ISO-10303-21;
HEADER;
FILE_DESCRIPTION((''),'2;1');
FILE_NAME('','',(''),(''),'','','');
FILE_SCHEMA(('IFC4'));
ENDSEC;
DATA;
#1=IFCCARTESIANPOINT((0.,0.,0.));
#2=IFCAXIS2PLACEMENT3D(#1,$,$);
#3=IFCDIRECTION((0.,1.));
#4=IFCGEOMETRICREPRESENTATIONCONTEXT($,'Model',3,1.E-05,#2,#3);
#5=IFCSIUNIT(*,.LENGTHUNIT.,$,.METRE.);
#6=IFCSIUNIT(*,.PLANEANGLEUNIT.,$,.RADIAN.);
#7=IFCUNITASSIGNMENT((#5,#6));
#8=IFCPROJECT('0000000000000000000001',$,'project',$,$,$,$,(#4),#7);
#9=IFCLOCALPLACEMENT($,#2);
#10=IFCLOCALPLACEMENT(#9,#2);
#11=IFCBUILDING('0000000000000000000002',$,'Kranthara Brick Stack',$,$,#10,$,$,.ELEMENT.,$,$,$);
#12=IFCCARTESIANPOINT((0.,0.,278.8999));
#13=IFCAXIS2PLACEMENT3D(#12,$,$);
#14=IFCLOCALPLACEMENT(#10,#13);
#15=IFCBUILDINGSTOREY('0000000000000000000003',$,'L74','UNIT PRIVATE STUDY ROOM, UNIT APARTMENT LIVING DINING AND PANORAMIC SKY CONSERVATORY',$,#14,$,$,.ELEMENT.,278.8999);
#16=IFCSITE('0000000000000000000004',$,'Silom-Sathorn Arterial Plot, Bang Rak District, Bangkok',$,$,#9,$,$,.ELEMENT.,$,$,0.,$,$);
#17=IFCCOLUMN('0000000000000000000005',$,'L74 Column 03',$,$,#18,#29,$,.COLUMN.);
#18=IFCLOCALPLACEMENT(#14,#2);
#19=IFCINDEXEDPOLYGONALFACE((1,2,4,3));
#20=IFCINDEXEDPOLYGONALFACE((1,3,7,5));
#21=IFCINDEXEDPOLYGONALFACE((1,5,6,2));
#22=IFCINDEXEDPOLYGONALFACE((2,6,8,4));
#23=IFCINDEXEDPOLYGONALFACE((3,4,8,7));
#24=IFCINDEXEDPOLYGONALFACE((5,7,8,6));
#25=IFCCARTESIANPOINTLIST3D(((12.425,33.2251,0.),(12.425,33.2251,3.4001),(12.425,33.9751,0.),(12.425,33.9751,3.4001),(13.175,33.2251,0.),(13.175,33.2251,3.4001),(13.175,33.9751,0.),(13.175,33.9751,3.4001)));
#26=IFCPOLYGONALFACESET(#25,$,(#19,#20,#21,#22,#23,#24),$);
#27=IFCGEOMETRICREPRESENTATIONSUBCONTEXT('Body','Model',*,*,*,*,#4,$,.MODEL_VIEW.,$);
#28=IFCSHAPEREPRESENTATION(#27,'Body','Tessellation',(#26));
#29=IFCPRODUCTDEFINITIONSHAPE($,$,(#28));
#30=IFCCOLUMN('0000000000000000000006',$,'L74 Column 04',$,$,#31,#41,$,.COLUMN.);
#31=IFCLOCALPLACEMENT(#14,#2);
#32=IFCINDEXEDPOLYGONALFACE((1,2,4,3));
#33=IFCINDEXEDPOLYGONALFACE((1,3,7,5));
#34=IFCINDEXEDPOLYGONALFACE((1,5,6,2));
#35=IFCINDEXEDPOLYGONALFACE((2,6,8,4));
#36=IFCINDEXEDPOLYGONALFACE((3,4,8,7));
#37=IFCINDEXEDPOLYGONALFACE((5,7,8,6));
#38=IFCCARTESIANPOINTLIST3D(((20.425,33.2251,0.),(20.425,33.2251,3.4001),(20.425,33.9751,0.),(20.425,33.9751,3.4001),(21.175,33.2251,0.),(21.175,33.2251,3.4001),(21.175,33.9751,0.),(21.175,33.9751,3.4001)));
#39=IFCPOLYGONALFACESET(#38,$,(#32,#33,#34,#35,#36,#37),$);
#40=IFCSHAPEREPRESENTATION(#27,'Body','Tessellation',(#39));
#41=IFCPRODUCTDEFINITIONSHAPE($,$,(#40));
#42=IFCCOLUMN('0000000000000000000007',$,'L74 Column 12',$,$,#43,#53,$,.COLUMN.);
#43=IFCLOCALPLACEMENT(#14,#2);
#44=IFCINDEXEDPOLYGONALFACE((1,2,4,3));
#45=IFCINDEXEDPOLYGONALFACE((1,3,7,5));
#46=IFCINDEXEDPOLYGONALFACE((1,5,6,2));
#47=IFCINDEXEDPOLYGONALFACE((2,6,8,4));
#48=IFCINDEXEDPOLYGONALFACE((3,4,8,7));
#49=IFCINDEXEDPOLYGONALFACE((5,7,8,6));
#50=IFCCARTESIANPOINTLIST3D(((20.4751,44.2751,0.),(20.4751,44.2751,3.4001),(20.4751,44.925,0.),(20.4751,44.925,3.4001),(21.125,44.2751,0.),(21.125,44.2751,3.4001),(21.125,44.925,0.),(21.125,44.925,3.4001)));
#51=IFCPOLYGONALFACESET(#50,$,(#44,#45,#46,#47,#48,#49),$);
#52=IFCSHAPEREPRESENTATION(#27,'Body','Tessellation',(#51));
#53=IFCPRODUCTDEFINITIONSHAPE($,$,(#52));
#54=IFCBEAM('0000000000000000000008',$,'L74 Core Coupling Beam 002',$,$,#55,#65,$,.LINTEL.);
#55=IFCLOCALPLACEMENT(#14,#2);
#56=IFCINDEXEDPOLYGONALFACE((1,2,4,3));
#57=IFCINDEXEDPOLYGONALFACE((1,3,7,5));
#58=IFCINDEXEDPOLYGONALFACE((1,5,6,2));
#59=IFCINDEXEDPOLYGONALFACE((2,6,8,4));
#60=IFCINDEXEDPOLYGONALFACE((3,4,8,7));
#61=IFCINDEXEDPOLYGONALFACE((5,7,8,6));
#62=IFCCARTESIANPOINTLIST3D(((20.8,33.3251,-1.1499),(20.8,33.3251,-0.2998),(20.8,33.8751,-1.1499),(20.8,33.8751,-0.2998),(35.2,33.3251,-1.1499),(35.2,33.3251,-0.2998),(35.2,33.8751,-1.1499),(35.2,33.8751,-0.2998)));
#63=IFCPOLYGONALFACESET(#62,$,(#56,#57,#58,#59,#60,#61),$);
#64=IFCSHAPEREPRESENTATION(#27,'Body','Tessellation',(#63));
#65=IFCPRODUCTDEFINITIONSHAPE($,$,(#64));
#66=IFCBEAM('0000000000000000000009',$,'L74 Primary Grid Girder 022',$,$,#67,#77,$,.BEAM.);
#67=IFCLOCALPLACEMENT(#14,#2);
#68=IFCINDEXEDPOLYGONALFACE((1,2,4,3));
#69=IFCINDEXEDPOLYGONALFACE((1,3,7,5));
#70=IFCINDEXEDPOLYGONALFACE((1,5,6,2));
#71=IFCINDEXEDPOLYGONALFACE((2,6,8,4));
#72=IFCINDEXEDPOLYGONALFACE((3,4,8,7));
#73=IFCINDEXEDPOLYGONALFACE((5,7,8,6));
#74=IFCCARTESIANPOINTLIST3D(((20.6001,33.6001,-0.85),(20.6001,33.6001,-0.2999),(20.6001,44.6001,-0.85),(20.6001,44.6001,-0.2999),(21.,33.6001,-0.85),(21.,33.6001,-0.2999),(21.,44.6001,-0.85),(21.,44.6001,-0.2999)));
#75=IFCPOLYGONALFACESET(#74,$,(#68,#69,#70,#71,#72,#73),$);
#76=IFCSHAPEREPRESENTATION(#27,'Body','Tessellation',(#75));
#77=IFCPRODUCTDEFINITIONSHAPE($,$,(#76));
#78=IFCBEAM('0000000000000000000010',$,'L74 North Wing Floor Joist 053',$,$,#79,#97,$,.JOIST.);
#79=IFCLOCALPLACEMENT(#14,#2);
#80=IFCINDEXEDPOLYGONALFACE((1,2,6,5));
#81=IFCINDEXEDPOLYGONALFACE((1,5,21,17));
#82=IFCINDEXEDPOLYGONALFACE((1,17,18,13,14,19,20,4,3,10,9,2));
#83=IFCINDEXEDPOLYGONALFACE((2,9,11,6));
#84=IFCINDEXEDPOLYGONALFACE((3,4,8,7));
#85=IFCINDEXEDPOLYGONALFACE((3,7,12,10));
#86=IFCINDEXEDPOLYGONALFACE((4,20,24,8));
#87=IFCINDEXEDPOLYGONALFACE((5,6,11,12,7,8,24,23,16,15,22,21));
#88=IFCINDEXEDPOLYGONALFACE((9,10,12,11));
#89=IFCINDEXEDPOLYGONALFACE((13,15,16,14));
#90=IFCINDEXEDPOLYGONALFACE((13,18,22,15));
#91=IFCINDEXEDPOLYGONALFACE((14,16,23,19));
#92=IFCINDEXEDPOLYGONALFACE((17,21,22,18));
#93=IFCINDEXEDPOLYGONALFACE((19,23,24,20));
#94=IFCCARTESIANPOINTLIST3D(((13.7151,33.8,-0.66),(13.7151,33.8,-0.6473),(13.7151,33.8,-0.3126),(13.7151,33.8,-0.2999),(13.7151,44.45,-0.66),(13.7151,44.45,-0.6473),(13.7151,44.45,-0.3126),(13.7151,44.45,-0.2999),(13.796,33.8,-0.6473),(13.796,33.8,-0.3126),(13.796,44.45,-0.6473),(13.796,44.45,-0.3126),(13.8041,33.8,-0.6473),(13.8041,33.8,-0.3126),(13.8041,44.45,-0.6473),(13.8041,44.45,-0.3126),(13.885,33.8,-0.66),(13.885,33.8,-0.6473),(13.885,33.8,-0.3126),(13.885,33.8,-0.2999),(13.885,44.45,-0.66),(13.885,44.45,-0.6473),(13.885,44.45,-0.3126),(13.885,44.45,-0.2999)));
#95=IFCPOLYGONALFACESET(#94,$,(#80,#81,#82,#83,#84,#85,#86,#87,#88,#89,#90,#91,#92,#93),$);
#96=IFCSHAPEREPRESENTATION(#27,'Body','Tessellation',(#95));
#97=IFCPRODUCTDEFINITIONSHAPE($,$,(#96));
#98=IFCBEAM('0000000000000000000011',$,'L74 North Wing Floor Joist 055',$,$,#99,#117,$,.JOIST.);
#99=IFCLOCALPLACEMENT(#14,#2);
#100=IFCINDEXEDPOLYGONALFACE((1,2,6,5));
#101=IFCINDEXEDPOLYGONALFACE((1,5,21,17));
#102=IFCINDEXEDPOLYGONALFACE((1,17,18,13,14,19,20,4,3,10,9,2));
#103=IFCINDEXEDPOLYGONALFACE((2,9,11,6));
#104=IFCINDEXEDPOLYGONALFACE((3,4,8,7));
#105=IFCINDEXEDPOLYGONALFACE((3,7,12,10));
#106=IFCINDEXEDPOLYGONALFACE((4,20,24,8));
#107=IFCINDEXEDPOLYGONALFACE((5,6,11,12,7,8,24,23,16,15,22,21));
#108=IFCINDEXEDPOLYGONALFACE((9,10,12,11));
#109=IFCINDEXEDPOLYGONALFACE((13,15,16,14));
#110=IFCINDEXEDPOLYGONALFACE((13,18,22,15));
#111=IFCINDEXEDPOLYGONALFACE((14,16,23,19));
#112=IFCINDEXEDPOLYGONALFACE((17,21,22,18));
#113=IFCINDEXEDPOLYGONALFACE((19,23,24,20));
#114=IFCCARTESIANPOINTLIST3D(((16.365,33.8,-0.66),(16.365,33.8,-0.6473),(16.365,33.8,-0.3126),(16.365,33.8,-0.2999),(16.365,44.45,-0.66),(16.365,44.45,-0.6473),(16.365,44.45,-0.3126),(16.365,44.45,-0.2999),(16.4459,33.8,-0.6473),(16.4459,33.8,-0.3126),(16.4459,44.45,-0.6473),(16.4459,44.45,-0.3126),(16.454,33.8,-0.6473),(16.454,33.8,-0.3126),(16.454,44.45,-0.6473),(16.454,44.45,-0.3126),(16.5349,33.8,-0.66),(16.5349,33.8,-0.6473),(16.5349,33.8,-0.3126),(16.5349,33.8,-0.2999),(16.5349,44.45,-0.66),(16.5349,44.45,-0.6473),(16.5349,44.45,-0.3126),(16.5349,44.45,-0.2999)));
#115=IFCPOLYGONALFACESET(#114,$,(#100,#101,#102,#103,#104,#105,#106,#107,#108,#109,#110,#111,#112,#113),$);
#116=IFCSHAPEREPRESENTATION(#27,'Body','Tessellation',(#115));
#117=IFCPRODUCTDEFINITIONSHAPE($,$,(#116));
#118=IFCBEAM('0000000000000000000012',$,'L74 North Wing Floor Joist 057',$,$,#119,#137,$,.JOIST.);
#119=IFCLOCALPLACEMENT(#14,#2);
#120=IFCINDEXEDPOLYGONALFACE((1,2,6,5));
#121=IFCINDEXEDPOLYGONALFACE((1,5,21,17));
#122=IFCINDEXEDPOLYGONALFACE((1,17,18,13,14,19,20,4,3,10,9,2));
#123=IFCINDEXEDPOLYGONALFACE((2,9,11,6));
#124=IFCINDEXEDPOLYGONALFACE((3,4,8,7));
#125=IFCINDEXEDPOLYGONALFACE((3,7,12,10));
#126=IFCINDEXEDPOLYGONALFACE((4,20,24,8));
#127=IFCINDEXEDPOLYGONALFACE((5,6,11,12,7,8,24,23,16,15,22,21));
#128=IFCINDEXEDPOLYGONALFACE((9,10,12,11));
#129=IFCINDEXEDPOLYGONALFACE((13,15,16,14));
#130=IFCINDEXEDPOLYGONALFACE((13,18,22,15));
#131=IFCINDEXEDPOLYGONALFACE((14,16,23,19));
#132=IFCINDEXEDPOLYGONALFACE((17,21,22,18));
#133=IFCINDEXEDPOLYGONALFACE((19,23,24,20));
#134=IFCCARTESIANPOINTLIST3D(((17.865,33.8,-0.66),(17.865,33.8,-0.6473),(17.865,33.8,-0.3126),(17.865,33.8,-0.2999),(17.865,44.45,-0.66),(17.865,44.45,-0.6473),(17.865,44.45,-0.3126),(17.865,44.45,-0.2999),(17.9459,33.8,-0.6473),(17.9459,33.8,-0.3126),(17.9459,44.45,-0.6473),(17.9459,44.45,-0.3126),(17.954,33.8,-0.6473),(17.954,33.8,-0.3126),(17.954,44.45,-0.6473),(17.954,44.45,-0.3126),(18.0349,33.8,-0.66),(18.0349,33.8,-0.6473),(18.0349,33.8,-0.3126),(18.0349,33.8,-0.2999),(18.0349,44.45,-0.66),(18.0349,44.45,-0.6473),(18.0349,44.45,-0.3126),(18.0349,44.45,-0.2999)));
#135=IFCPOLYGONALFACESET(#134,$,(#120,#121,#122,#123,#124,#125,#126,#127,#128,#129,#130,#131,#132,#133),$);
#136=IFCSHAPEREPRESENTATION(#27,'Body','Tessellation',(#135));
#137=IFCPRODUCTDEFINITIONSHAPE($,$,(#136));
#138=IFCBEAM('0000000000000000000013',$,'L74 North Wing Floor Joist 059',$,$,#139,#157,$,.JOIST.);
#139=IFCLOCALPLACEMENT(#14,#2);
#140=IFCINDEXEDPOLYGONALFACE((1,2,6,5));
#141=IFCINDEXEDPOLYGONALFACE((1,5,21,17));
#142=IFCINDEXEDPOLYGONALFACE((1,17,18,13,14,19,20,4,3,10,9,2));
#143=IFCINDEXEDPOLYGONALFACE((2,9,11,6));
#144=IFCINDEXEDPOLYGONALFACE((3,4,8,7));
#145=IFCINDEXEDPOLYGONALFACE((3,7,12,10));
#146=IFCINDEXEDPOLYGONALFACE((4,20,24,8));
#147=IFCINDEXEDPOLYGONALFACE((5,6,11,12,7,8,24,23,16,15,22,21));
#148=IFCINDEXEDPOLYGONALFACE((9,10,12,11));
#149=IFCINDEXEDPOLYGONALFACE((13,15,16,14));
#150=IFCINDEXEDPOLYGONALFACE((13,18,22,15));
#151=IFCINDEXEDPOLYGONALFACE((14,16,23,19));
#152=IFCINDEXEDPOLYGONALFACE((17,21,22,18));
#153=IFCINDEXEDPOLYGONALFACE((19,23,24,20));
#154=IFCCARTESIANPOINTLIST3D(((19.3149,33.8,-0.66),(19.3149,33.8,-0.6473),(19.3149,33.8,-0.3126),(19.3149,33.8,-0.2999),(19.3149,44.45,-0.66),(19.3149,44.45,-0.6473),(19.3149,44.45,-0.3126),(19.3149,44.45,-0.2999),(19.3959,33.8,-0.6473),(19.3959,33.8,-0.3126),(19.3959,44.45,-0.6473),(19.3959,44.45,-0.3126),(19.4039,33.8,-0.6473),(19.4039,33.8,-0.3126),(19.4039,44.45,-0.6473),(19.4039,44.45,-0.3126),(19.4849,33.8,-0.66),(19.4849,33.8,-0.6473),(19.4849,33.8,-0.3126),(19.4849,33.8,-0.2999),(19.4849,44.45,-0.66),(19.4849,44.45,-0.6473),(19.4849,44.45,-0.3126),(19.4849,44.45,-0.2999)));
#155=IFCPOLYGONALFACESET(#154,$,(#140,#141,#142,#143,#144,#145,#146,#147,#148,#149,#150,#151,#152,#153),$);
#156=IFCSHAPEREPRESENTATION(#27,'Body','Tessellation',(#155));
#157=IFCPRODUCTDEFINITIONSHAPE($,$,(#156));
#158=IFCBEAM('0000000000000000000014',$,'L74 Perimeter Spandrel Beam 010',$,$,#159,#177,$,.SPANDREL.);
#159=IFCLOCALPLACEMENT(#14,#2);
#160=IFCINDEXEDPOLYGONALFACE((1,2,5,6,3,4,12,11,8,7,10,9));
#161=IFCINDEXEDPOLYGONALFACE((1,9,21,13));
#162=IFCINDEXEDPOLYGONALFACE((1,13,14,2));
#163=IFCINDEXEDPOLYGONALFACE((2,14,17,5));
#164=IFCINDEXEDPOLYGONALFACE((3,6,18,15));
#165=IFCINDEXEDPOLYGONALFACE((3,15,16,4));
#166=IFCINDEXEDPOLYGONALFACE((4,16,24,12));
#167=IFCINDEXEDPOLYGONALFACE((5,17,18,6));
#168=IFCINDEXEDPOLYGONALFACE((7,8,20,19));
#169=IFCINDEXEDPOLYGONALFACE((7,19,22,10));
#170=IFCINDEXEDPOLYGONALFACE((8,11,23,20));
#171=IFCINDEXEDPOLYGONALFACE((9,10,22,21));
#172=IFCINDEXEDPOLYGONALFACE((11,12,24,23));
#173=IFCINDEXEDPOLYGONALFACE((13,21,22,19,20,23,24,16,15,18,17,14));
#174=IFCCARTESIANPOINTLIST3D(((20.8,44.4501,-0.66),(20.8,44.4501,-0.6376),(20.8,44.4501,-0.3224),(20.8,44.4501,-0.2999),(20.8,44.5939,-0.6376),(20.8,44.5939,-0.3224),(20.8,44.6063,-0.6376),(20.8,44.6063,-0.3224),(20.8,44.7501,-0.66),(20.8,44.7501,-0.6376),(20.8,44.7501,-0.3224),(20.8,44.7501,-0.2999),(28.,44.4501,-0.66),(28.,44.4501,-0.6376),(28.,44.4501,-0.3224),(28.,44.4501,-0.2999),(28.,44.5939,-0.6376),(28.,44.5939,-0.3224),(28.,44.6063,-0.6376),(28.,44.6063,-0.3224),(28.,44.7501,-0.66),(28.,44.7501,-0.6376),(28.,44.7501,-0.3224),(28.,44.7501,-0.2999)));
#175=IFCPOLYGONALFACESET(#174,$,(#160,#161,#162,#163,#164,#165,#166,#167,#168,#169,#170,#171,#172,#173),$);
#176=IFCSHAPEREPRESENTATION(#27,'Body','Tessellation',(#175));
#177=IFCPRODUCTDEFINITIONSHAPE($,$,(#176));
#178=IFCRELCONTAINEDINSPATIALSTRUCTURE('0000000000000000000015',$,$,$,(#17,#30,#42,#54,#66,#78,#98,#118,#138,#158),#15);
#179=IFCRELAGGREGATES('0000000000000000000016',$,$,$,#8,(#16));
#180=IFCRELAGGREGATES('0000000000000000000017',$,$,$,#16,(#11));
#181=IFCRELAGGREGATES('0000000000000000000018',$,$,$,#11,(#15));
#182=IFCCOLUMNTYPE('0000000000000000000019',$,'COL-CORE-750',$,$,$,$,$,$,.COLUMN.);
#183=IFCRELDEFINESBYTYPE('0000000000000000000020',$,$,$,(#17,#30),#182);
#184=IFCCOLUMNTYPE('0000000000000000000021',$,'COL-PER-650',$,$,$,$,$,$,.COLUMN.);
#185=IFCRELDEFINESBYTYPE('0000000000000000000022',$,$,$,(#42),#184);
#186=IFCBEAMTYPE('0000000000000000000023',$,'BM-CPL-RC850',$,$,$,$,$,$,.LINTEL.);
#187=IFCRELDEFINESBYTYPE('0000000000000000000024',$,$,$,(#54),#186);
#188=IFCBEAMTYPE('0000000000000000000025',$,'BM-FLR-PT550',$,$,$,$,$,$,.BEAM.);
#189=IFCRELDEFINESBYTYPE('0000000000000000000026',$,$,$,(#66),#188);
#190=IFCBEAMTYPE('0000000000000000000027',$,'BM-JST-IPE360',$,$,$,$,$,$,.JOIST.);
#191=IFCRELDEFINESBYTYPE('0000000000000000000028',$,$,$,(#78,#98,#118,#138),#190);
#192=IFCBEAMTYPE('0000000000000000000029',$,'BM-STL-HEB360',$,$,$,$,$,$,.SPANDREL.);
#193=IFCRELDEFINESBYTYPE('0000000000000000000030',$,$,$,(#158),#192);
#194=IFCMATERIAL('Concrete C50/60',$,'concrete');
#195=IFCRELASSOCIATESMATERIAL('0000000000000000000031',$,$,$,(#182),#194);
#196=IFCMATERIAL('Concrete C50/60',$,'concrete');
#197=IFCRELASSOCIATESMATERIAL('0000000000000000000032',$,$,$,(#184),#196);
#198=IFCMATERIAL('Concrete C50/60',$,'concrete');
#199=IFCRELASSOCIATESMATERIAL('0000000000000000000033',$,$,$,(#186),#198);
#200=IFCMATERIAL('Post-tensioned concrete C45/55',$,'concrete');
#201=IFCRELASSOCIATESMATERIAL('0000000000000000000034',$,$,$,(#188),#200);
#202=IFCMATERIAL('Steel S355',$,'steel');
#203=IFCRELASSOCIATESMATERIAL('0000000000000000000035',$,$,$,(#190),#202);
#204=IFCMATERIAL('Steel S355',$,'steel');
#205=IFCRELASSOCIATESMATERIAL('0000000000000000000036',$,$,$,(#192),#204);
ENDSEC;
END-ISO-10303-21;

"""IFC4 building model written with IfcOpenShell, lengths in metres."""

from ifc_helpers import new_model, si_unit, direction, frame, origin, origin_2d, place, context, subcontext, project, spatial, rectangle, i_section, extrude, material, material_profile, profile_set, type_object, element, save


model = new_model("IFC4")

# Units and contexts
model_context = context("Model", 3, precision=1e-05, world=origin(), true_north=direction((0.0, 1.0)))
body_context = subcontext(model_context, "Body", "Model", "MODEL_VIEW")
ifc_project = project(units=[si_unit("LENGTHUNIT", "METRE"), si_unit("PLANEANGLEUNIT", "RADIAN")], contexts=[model_context])

# Site, building, storey
site_placement = place(None, origin())
site = spatial("IfcSite", under=ifc_project, at=site_placement, Name="Silom-Sathorn Arterial Plot, Bang Rak District, Bangkok", CompositionType="ELEMENT", RefElevation=0.0)
building_placement = place(site_placement, origin())
building = spatial("IfcBuilding", under=site, at=building_placement, Name="Kranthara Brick Stack", CompositionType="ELEMENT")
storey_placement = place(building_placement, frame((0.0, 0.0, 278.8999)))
storey = spatial("IfcBuildingStorey", under=building, at=storey_placement, Name="L74", Description="UNIT PRIVATE STUDY ROOM, UNIT APARTMENT LIVING DINING AND PANORAMIC SKY CONSERVATORY", CompositionType="ELEMENT", Elevation=278.8999)

# Columns
ifc_material_1 = material(Name="Concrete C50/60", Category="concrete")
ifc_material_profile_1 = material_profile(ifc_material_1, rectangle(XDim=0.75, YDim=0.75, at=origin_2d()), Name="RC 750x750")
ifc_profile_set_1 = profile_set([ifc_material_profile_1], Name="Concrete C50/60")
column_type_1 = type_object("IfcColumnType", Name="COL-CORE-750", PredefinedType="COLUMN", material=ifc_profile_set_1)
for number, where, z_axis, x_axis, name in (
    (1, (12.8, 33.6001, 0.0), (0.0, 0.0, 1.0), (1.0, 0.0, 0.0), "L74 Column 03"),
    (2, (20.8, 33.6001, 0.0), (0.0, 0.0, 1.0), (1.0, 0.0, 0.0), "L74 Column 04"),
):
    element("IfcColumn", number, at=place(storey_placement, frame(where, z_axis=z_axis, x_axis=x_axis)), inside=storey, type_object=column_type_1, Name=name, PredefinedType="COLUMN", context=body_context, shape_type="SweptSolid", body=[
        extrude(rectangle(XDim=0.75, YDim=0.75, at=origin_2d()), origin(), (0.0, 0.0, 1.0), 3.4001),
    ])
ifc_material_2 = material(Name="Concrete C50/60", Category="concrete")
ifc_material_profile_2 = material_profile(ifc_material_2, rectangle(XDim=0.6499, YDim=0.6499, at=origin_2d()), Name="RC 650x650")
ifc_profile_set_2 = profile_set([ifc_material_profile_2], Name="Concrete C50/60")
column_type_2 = type_object("IfcColumnType", Name="COL-PER-650", PredefinedType="COLUMN", material=ifc_profile_set_2)
column_placement = place(storey_placement, frame((20.8, 44.6001, 0.0), z_axis=(0.0, 0.0, 1.0), x_axis=(1.0, 0.0, 0.0)))
element("IfcColumn", 3, at=column_placement, inside=storey, type_object=column_type_2, Name="L74 Column 12", PredefinedType="COLUMN", context=body_context, shape_type="SweptSolid", body=[
    extrude(rectangle(XDim=0.6499, YDim=0.6499, at=origin_2d()), origin(), (0.0, 0.0, 1.0), 3.4001),
])

# Beams
ifc_material_3 = material(Name="Concrete C50/60", Category="concrete")
ifc_material_profile_3 = material_profile(ifc_material_3, rectangle(XDim=0.55, YDim=0.8501, at=origin_2d()), Name="RC 550x850")
ifc_profile_set_3 = profile_set([ifc_material_profile_3], Name="Concrete C50/60")
beam_type_1 = type_object("IfcBeamType", Name="BM-CPL-RC850", PredefinedType="LINTEL", material=ifc_profile_set_3)
beam_1_placement = place(storey_placement, frame((20.8, 33.6001, -0.7249), z_axis=(1.0, 0.0, 0.0), x_axis=(0.0, 1.0, 0.0)))
element("IfcBeam", 4, at=beam_1_placement, inside=storey, type_object=beam_type_1, Name="L74 Core Coupling Beam 002", PredefinedType="LINTEL", context=body_context, shape_type="SweptSolid", body=[
    extrude(rectangle(XDim=0.55, YDim=0.8501, at=origin_2d()), origin(), (0.0, 0.0, 1.0), 14.3999),
])
ifc_material_4 = material(Name="Post-tensioned concrete C45/55", Category="concrete")
ifc_material_profile_4 = material_profile(ifc_material_4, rectangle(XDim=0.3999, YDim=0.55, at=origin_2d()), Name="PT 400x550")
ifc_profile_set_4 = profile_set([ifc_material_profile_4], Name="Post-tensioned concrete C45/55")
beam_type_2 = type_object("IfcBeamType", Name="BM-FLR-PT550", PredefinedType="BEAM", material=ifc_profile_set_4)
beam_2_placement = place(storey_placement, frame((20.8, 33.6001, -0.575), z_axis=(0.0, 1.0, 0.0), x_axis=(-1.0, 0.0, 0.0)))
element("IfcBeam", 5, at=beam_2_placement, inside=storey, type_object=beam_type_2, Name="L74 Primary Grid Girder 022", PredefinedType="BEAM", context=body_context, shape_type="SweptSolid", body=[
    extrude(rectangle(XDim=0.3999, YDim=0.55, at=origin_2d()), origin(), (0.0, 0.0, 1.0), 11.0),
])
ifc_material_5 = material(Name="Steel S355", Category="steel")
ifc_material_profile_5 = material_profile(ifc_material_5, i_section(OverallWidth=0.1699, OverallDepth=0.3601, WebThickness=0.0081, FlangeThickness=0.0127, at=origin_2d()), Name="IPE 360")
ifc_profile_set_5 = profile_set([ifc_material_profile_5], Name="Steel S355")
beam_type_3 = type_object("IfcBeamType", Name="BM-JST-IPE360", PredefinedType="JOIST", material=ifc_profile_set_5)
for number, where, z_axis, x_axis, name in (
    (6, (13.8, 33.8, -0.48), (0.0, 1.0, 0.0), (-1.0, 0.0, 0.0), "L74 North Wing Floor Joist 053"),
    (7, (16.45, 33.8, -0.48), (0.0, 1.0, 0.0), (-1.0, 0.0, 0.0), "L74 North Wing Floor Joist 055"),
    (8, (17.95, 33.8, -0.48), (0.0, 1.0, 0.0), (-1.0, 0.0, 0.0), "L74 North Wing Floor Joist 057"),
    (9, (19.3999, 33.8, -0.48), (0.0, 1.0, 0.0), (-1.0, 0.0, 0.0), "L74 North Wing Floor Joist 059"),
):
    element("IfcBeam", number, at=place(storey_placement, frame(where, z_axis=z_axis, x_axis=x_axis)), inside=storey, type_object=beam_type_3, Name=name, PredefinedType="JOIST", context=body_context, shape_type="SweptSolid", body=[
        extrude(i_section(OverallWidth=0.1699, OverallDepth=0.3601, WebThickness=0.0081, FlangeThickness=0.0127, at=origin_2d()), origin(), (0.0, 0.0, 1.0), 10.6499),
    ])
ifc_material_6 = material(Name="Steel S355", Category="steel")
ifc_material_profile_6 = material_profile(ifc_material_6, i_section(OverallWidth=0.3, OverallDepth=0.3601, WebThickness=0.0125, FlangeThickness=0.0225, at=origin_2d()), Name="HEB 360")
ifc_profile_set_6 = profile_set([ifc_material_profile_6], Name="Steel S355")
beam_type_4 = type_object("IfcBeamType", Name="BM-STL-HEB360", PredefinedType="SPANDREL", material=ifc_profile_set_6)
beam_3_placement = place(storey_placement, frame((20.8, 44.6001, -0.48), z_axis=(1.0, 0.0, 0.0), x_axis=(0.0, 1.0, 0.0)))
element("IfcBeam", 10, at=beam_3_placement, inside=storey, type_object=beam_type_4, Name="L74 Perimeter Spandrel Beam 010", PredefinedType="SPANDREL", context=body_context, shape_type="SweptSolid", body=[
    extrude(i_section(OverallWidth=0.3, OverallDepth=0.3601, WebThickness=0.0125, FlangeThickness=0.0225, at=origin_2d()), origin(), (0.0, 0.0, 1.0), 7.2),
])

save(model, "model.ifc")
